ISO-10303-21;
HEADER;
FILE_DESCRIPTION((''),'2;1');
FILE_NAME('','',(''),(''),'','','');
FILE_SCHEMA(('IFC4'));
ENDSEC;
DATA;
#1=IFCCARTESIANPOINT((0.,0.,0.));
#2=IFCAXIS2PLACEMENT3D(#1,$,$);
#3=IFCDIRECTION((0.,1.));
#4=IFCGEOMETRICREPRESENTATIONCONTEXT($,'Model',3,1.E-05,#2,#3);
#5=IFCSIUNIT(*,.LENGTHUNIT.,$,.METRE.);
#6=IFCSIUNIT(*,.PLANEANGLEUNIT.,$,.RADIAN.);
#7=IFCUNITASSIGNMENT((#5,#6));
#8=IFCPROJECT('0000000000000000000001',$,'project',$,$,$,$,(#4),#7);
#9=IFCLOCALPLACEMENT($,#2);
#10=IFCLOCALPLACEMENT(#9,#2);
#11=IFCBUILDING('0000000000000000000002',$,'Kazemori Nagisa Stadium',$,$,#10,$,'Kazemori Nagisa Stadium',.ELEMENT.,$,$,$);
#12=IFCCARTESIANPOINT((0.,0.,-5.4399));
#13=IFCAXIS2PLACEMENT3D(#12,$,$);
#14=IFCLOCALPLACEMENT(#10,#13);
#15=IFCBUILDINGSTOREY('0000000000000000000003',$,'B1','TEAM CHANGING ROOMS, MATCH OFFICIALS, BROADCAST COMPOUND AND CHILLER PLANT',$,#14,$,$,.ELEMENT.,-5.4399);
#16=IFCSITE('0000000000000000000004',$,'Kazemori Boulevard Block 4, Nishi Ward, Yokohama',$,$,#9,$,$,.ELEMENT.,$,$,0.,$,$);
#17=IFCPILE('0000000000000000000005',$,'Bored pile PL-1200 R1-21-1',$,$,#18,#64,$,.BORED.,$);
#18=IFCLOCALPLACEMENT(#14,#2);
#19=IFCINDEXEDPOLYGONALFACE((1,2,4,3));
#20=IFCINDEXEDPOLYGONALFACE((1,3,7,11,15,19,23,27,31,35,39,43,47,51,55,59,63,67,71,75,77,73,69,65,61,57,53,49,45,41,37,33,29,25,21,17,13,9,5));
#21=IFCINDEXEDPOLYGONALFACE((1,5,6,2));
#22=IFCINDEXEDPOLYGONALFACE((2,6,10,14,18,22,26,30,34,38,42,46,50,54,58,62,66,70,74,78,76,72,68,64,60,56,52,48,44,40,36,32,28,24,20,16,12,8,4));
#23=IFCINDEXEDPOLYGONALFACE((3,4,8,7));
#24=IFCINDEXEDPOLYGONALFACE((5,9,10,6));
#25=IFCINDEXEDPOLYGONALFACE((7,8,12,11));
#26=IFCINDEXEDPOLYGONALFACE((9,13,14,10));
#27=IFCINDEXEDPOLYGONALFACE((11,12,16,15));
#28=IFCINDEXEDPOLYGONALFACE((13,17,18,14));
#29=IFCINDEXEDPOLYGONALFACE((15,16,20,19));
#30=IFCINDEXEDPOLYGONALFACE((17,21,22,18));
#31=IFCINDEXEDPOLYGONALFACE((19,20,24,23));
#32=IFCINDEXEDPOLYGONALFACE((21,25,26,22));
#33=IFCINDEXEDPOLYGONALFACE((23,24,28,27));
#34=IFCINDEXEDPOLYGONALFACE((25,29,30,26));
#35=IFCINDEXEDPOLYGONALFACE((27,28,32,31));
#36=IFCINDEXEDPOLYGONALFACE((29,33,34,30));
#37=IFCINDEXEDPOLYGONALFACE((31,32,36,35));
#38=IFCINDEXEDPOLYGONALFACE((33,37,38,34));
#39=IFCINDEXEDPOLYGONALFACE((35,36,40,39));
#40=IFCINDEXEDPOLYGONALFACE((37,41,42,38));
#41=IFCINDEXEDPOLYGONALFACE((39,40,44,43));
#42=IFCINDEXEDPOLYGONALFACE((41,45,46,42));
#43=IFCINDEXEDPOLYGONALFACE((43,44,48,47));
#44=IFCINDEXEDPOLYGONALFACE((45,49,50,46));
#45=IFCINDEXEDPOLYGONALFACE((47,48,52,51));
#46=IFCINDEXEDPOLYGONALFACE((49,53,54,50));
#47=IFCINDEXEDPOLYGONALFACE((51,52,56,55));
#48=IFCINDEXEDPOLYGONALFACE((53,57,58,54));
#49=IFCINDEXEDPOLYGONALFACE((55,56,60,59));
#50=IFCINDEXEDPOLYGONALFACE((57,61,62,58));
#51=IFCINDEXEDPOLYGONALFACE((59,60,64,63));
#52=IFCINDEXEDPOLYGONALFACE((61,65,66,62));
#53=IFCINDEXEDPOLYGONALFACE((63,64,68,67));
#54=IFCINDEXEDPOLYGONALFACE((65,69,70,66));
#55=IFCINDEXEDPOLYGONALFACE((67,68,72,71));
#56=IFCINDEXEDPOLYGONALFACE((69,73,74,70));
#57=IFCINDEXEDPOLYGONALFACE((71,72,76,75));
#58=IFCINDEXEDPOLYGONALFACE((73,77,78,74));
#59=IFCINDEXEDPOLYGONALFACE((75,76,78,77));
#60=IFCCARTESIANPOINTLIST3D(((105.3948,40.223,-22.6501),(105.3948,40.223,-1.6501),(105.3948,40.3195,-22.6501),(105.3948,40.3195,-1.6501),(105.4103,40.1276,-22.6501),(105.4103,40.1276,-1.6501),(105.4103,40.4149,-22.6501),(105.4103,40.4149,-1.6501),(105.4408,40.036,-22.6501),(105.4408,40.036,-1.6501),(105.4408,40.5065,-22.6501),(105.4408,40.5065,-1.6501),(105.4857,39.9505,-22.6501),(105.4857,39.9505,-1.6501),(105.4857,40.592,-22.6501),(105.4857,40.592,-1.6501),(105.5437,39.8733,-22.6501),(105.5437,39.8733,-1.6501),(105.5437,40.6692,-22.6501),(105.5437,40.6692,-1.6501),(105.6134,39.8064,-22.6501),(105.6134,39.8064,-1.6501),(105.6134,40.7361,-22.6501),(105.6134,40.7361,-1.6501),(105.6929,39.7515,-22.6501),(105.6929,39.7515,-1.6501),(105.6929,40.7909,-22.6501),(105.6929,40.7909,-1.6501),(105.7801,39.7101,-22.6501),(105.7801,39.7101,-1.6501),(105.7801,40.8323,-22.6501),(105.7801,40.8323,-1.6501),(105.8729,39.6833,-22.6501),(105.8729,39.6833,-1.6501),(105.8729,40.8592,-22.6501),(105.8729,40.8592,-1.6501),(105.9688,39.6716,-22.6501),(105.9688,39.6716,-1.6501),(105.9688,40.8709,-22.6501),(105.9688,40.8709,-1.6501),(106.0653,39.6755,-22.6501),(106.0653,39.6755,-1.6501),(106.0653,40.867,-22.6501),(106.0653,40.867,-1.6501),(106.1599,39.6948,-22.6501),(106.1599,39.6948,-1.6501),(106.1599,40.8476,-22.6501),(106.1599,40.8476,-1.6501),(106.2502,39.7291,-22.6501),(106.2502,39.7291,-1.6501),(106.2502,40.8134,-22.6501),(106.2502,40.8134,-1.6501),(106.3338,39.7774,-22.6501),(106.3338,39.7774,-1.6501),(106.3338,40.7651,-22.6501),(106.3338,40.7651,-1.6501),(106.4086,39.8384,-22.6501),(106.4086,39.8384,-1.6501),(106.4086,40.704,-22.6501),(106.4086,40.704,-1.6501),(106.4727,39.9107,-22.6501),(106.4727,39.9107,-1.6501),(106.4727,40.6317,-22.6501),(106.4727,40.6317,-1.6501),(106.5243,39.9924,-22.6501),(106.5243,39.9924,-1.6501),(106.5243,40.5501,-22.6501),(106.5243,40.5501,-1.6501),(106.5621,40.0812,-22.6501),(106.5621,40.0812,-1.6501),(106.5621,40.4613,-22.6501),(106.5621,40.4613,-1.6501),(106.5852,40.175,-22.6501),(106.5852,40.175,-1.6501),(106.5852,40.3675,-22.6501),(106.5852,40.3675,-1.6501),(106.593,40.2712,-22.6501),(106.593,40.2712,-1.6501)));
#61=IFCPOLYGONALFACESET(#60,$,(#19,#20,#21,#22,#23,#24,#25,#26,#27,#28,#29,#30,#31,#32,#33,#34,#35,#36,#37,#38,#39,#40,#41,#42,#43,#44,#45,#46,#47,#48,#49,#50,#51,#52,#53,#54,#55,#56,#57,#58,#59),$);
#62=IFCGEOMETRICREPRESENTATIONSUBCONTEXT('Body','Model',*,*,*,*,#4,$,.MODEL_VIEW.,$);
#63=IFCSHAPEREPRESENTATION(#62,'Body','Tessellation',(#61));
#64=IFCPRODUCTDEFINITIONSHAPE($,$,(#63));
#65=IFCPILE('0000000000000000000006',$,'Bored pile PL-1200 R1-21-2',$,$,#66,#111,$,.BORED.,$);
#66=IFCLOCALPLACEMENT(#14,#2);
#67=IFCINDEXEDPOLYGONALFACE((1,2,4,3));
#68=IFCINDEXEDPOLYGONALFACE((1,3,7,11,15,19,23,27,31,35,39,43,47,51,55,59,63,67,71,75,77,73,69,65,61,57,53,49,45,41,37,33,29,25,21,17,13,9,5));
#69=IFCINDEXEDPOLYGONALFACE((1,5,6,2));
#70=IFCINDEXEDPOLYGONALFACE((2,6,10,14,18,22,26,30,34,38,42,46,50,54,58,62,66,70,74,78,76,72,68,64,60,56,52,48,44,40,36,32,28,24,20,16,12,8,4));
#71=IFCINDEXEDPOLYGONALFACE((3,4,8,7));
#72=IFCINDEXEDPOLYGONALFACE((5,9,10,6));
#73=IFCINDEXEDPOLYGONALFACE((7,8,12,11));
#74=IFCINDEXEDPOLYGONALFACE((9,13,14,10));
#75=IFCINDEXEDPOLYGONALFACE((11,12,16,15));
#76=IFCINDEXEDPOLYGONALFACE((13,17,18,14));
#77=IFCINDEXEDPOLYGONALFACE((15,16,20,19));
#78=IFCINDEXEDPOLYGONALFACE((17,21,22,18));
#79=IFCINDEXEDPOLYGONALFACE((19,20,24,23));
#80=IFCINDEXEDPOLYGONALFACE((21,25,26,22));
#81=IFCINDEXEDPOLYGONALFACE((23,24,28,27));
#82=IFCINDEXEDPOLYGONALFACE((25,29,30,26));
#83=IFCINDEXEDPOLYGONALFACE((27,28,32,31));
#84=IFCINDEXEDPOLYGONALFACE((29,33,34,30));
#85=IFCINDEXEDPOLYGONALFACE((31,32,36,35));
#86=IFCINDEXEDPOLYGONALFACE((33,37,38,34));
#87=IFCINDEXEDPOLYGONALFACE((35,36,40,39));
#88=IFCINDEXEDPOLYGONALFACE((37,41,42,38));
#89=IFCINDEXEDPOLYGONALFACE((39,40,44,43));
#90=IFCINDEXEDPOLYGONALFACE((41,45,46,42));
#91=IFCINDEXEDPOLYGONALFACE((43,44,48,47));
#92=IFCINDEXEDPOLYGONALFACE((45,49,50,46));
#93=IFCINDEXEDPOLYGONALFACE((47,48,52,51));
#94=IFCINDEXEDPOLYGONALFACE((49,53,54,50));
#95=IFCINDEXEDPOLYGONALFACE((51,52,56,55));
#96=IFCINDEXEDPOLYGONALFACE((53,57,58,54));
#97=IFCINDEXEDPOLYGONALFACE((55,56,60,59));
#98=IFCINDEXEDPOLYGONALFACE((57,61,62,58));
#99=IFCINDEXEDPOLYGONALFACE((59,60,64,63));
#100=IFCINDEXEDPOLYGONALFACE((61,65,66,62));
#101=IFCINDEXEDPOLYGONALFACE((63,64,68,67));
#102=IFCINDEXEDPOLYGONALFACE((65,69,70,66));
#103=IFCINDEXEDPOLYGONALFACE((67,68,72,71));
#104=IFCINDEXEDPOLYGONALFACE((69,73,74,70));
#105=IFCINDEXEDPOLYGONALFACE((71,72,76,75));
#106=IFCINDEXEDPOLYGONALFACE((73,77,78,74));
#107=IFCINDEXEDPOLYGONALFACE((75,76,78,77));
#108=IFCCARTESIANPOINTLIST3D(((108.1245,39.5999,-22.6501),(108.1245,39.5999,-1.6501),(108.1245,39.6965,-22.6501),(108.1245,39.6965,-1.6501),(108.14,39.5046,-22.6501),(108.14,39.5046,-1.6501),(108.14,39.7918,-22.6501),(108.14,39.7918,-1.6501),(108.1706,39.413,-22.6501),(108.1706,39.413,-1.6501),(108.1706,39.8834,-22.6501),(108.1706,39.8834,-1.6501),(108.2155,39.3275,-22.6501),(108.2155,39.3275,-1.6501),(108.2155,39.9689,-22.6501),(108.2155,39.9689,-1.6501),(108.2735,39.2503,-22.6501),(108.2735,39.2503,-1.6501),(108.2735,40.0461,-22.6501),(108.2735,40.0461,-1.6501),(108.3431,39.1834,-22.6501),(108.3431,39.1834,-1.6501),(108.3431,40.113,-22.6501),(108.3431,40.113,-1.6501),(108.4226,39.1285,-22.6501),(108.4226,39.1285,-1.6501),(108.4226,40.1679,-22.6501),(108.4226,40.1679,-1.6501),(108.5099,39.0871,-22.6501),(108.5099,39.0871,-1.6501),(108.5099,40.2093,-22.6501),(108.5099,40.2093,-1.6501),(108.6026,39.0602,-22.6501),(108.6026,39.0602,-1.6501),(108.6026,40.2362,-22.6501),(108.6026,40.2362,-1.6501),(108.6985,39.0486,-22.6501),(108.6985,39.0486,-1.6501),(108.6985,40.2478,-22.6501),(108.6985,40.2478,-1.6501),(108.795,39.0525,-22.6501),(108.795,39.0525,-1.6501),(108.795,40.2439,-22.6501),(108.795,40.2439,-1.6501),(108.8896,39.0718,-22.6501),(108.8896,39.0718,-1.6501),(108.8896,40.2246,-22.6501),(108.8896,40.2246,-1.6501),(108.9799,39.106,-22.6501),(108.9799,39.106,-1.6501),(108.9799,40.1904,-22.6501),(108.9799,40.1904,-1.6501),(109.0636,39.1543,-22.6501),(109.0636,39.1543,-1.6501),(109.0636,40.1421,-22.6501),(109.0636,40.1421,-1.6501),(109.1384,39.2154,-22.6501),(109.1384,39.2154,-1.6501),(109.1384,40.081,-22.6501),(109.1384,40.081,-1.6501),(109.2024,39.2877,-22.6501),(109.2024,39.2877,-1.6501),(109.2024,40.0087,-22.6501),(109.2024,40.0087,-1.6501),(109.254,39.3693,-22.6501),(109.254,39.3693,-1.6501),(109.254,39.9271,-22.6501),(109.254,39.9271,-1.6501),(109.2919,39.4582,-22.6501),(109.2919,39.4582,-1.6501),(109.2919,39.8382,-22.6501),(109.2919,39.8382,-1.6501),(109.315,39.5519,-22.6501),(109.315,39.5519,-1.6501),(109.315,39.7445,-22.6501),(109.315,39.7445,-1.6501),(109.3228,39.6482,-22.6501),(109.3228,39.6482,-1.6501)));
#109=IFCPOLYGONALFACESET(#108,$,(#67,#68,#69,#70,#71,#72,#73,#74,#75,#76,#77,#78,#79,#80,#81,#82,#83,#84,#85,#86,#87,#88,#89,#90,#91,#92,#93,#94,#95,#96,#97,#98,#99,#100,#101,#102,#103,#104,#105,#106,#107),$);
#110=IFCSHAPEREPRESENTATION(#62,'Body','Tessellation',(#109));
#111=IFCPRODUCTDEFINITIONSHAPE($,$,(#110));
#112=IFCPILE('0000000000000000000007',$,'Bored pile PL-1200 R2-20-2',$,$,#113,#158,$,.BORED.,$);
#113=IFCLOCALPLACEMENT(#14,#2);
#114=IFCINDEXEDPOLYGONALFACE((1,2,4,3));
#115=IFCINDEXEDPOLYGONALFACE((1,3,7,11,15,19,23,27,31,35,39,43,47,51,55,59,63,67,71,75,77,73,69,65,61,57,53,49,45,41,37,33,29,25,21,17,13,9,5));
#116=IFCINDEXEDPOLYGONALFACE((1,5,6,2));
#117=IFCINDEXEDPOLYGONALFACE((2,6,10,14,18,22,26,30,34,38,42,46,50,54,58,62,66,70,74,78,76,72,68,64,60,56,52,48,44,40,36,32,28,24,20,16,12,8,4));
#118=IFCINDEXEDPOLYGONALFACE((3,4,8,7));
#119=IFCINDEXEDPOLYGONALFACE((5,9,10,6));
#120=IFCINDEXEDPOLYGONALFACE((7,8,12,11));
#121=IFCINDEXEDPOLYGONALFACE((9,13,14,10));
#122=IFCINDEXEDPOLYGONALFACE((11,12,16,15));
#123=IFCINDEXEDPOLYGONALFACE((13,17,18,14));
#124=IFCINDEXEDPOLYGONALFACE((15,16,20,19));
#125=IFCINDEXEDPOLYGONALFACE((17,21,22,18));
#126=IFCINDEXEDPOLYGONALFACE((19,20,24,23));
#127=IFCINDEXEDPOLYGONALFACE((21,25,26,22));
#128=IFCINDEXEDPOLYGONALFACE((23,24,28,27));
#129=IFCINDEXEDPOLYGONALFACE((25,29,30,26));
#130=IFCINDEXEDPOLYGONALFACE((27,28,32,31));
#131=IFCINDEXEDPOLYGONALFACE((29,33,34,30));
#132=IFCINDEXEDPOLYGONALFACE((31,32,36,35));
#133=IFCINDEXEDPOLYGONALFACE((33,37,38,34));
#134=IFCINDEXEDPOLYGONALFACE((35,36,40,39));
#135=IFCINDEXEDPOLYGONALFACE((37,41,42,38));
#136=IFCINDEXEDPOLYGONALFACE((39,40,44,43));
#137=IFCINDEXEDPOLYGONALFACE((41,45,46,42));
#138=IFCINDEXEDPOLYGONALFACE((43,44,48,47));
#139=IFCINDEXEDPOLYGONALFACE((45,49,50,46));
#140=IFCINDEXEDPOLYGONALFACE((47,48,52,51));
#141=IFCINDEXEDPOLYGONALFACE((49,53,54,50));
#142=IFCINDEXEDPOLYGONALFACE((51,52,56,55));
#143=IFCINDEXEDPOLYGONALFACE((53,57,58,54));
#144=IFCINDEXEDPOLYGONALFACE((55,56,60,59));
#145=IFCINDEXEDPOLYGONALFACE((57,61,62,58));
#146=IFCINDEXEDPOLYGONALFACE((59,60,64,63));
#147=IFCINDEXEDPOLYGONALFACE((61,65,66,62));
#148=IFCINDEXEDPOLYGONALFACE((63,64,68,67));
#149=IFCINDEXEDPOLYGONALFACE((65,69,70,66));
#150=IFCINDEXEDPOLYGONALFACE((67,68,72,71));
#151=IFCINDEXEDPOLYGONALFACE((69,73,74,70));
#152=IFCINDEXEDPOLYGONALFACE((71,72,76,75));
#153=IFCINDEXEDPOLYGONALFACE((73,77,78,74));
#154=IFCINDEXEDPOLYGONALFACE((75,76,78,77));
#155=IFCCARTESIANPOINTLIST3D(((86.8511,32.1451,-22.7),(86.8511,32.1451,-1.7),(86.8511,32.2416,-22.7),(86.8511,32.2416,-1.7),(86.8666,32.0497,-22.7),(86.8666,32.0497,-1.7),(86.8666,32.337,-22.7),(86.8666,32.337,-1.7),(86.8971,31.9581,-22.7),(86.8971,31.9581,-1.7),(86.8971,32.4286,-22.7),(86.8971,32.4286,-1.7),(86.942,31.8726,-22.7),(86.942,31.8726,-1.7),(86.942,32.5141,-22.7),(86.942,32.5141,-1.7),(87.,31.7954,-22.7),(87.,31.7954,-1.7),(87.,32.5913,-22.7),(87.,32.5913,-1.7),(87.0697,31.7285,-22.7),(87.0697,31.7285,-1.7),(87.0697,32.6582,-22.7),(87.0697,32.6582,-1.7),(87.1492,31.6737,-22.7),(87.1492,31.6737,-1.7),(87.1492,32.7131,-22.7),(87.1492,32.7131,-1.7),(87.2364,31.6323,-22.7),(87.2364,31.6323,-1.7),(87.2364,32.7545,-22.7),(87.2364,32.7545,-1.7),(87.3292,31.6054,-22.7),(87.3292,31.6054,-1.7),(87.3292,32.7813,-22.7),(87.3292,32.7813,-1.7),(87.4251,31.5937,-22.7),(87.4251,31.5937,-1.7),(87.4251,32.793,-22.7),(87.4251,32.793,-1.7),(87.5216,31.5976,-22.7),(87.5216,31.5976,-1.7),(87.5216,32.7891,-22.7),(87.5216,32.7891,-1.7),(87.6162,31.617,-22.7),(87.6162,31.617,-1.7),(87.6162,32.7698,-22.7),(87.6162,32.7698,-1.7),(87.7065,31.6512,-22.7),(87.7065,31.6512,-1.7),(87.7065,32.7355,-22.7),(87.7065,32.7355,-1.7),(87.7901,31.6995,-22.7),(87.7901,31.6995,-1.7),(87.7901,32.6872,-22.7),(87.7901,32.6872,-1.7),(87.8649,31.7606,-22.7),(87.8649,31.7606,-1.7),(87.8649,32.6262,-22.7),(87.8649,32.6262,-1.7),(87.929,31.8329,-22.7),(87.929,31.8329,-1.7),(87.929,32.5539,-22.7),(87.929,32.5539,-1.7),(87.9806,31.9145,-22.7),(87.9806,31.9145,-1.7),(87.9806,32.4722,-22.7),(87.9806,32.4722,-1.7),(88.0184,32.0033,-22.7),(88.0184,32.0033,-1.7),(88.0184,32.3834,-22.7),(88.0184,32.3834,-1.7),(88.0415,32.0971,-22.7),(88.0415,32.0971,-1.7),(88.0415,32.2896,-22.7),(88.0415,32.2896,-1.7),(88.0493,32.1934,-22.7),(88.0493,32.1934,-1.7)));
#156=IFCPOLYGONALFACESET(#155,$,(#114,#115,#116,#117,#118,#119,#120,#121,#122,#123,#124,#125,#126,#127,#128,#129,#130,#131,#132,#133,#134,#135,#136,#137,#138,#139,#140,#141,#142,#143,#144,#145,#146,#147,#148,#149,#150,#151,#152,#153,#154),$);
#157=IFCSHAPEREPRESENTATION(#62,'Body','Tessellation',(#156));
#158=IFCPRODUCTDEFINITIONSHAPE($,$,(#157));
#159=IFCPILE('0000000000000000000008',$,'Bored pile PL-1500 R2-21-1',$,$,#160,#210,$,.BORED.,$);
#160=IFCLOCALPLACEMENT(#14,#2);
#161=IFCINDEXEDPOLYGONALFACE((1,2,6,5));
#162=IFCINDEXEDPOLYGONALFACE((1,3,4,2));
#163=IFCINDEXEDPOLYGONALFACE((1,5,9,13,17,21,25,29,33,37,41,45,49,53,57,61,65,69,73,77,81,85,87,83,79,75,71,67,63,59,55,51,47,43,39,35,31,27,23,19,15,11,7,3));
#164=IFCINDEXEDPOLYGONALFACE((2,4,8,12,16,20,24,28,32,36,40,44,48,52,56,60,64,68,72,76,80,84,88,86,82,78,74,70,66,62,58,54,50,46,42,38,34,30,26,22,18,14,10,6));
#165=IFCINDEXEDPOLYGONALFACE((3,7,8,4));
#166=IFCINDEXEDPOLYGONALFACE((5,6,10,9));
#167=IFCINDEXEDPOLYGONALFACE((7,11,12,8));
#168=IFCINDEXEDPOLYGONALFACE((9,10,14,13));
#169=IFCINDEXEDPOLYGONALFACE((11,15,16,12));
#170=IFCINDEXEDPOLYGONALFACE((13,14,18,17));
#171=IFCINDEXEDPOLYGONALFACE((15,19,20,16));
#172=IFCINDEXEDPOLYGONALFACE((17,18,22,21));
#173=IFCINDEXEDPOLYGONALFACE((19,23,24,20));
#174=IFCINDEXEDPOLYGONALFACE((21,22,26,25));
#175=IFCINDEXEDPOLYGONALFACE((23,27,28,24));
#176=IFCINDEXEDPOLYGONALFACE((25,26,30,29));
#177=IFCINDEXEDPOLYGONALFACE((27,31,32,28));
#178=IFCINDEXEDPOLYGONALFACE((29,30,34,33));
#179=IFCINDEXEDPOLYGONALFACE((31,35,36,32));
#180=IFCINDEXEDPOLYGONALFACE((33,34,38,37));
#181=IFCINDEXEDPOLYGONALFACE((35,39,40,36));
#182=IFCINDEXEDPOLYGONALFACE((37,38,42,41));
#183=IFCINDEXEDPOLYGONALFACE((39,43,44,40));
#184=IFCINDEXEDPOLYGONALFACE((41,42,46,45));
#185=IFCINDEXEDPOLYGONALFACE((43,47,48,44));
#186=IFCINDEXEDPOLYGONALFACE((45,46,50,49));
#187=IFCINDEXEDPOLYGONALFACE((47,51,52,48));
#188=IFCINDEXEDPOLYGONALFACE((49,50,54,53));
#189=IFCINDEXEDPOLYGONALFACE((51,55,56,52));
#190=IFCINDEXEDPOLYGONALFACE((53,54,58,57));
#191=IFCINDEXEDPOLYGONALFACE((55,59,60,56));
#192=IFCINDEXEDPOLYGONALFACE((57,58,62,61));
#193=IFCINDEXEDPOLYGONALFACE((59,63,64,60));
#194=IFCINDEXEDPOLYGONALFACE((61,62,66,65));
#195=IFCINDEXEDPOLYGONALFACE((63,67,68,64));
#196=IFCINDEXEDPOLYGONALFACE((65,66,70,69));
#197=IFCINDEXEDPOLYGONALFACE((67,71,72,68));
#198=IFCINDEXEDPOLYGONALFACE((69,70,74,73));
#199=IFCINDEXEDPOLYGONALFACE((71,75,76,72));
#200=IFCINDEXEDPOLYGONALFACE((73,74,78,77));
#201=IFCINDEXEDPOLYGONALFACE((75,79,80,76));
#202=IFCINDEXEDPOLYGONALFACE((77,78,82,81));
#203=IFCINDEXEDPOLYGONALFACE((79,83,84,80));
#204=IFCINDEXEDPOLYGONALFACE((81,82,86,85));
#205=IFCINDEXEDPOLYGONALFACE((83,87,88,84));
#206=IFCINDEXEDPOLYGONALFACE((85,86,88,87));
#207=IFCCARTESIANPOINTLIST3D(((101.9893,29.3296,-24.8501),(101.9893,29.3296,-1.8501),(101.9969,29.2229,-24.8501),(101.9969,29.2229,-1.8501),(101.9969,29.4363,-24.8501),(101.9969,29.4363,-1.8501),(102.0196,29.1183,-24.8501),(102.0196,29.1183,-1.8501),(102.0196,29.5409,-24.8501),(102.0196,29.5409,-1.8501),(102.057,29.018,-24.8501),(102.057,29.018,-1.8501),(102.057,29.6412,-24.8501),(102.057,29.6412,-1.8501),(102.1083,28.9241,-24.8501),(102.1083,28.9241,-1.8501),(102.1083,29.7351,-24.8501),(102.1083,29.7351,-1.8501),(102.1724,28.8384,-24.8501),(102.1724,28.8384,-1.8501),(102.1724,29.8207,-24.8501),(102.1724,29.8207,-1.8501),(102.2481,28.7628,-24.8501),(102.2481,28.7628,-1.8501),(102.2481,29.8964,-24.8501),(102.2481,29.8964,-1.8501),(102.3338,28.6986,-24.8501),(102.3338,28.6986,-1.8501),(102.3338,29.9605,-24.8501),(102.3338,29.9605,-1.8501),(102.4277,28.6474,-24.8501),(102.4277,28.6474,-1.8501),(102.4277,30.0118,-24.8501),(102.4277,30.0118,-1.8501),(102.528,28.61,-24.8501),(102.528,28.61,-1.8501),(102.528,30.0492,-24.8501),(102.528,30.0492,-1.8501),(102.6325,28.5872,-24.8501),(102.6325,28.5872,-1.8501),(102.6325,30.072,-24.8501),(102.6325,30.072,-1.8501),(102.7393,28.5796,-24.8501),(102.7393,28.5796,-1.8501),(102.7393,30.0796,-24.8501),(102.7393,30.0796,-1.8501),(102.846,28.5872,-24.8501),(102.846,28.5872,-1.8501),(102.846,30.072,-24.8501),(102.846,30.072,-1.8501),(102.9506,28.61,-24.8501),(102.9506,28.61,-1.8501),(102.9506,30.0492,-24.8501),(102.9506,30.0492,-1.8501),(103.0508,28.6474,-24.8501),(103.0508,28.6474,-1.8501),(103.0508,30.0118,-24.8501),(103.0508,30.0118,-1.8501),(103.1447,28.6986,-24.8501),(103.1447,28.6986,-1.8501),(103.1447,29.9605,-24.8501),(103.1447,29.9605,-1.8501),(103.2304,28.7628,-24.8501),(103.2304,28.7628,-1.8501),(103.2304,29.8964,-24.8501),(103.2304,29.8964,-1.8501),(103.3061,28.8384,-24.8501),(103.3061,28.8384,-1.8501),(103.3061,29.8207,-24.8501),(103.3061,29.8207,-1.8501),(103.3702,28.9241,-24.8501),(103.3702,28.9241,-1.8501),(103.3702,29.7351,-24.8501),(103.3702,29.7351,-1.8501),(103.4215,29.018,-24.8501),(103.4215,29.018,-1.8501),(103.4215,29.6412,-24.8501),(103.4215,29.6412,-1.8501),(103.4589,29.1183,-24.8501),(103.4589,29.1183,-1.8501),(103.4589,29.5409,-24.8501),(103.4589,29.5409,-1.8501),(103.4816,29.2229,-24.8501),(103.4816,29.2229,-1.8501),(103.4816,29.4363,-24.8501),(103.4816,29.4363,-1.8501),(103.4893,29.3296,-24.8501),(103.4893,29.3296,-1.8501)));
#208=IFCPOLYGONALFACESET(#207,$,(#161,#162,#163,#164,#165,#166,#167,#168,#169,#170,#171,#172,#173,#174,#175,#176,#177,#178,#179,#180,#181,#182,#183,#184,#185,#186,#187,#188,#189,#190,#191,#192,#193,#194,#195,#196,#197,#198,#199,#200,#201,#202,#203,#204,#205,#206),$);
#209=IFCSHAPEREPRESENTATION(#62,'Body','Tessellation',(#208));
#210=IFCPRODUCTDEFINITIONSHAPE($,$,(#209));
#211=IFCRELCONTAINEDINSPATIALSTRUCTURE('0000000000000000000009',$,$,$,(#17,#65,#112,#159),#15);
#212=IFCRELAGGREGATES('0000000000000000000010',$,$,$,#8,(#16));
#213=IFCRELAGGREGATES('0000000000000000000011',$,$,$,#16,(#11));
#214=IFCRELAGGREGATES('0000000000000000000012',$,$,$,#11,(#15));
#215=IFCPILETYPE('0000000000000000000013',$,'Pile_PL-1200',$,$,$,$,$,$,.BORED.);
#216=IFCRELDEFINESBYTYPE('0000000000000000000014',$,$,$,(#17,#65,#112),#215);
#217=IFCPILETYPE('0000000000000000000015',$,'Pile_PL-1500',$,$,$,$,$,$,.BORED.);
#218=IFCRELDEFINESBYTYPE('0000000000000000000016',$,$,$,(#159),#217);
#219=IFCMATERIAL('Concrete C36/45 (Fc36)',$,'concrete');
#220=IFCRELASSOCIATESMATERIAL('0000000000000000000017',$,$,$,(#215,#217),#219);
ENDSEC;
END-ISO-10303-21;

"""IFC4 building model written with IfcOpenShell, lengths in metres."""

from ifc_helpers import new_model, si_unit, direction, frame, origin, origin_2d, place, context, subcontext, project, spatial, circle, extrude, material, material_profile, profile_set, type_object, element, save


model = new_model("IFC4")

# Units and contexts
model_context = context("Model", 3, precision=1e-05, world=origin(), true_north=direction((0.0, 1.0)))
body_context = subcontext(model_context, "Body", "Model", "MODEL_VIEW")
ifc_project = project(units=[si_unit("LENGTHUNIT", "METRE"), si_unit("PLANEANGLEUNIT", "RADIAN")], contexts=[model_context])

# Site, building, storey
site_placement = place(None, origin())
site = spatial("IfcSite", under=ifc_project, at=site_placement, Name="Kazemori Boulevard Block 4, Nishi Ward, Yokohama", CompositionType="ELEMENT", RefElevation=0.0)
building_placement = place(site_placement, origin())
building = spatial("IfcBuilding", under=site, at=building_placement, Name="Kazemori Nagisa Stadium", LongName="Kazemori Nagisa Stadium", CompositionType="ELEMENT")
storey_placement = place(building_placement, frame((0.0, 0.0, -5.4399)))
storey = spatial("IfcBuildingStorey", under=building, at=storey_placement, Name="B1", Description="TEAM CHANGING ROOMS, MATCH OFFICIALS, BROADCAST COMPOUND AND CHILLER PLANT", CompositionType="ELEMENT", Elevation=-5.4399)

# Piles
ifc_material_1 = material(Name="Concrete C36/45 (Fc36)", Category="concrete")
ifc_material_profile_1 = material_profile(ifc_material_1, circle(Radius=0.6001, at=origin_2d()), Name="PILE-D1200")
ifc_profile_set_1 = profile_set([ifc_material_profile_1], Name="Concrete C36/45 (Fc36)")
pile_type_1 = type_object("IfcPileType", Name="Pile_PL-1200", PredefinedType="BORED", material=ifc_profile_set_1)
for number, where, z_axis, x_axis, name in (
    (1, (105.9929, 40.2712, -1.6501), (0.0, 0.0, -1.0), (1.0, 0.0, 0.0), "Bored pile PL-1200 R1-21-1"),
    (2, (108.7227, 39.6482, -1.6501), (0.0, 0.0, -1.0), (1.0, 0.0, 0.0), "Bored pile PL-1200 R1-21-2"),
    (3, (87.4492, 32.1934, -1.7), (0.0, 0.0, -1.0), (1.0, 0.0, 0.0), "Bored pile PL-1200 R2-20-2"),
):
    element("IfcPile", number, at=place(storey_placement, frame(where, z_axis=z_axis, x_axis=x_axis)), inside=storey, type_object=pile_type_1, Name=name, PredefinedType="BORED", context=body_context, shape_type="SweptSolid", body=[
        extrude(circle(Radius=0.6001, at=origin_2d()), origin(), (0.0, 0.0, 1.0), 21.0),
    ])
ifc_material_profile_2 = material_profile(ifc_material_1, circle(Radius=0.75, at=origin_2d()), Name="PILE-D1500")
ifc_profile_set_2 = profile_set([ifc_material_profile_2], Name="Concrete C36/45 (Fc36)")
pile_type_2 = type_object("IfcPileType", Name="Pile_PL-1500", PredefinedType="BORED", material=ifc_profile_set_2)
for number, where, z_axis, x_axis, name in (
    (4, (102.7393, 29.3296, -1.8501), (0.0, 0.0, -1.0), (1.0, 0.0, 0.0), "Bored pile PL-1500 R2-21-1"),
):
    element("IfcPile", number, at=place(storey_placement, frame(where, z_axis=z_axis, x_axis=x_axis)), inside=storey, type_object=pile_type_2, Name=name, PredefinedType="BORED", context=body_context, shape_type="SweptSolid", body=[
        extrude(circle(Radius=0.75, at=origin_2d()), origin(), (0.0, 0.0, 1.0), 23.0),
    ])

save(model, "model.ifc")
